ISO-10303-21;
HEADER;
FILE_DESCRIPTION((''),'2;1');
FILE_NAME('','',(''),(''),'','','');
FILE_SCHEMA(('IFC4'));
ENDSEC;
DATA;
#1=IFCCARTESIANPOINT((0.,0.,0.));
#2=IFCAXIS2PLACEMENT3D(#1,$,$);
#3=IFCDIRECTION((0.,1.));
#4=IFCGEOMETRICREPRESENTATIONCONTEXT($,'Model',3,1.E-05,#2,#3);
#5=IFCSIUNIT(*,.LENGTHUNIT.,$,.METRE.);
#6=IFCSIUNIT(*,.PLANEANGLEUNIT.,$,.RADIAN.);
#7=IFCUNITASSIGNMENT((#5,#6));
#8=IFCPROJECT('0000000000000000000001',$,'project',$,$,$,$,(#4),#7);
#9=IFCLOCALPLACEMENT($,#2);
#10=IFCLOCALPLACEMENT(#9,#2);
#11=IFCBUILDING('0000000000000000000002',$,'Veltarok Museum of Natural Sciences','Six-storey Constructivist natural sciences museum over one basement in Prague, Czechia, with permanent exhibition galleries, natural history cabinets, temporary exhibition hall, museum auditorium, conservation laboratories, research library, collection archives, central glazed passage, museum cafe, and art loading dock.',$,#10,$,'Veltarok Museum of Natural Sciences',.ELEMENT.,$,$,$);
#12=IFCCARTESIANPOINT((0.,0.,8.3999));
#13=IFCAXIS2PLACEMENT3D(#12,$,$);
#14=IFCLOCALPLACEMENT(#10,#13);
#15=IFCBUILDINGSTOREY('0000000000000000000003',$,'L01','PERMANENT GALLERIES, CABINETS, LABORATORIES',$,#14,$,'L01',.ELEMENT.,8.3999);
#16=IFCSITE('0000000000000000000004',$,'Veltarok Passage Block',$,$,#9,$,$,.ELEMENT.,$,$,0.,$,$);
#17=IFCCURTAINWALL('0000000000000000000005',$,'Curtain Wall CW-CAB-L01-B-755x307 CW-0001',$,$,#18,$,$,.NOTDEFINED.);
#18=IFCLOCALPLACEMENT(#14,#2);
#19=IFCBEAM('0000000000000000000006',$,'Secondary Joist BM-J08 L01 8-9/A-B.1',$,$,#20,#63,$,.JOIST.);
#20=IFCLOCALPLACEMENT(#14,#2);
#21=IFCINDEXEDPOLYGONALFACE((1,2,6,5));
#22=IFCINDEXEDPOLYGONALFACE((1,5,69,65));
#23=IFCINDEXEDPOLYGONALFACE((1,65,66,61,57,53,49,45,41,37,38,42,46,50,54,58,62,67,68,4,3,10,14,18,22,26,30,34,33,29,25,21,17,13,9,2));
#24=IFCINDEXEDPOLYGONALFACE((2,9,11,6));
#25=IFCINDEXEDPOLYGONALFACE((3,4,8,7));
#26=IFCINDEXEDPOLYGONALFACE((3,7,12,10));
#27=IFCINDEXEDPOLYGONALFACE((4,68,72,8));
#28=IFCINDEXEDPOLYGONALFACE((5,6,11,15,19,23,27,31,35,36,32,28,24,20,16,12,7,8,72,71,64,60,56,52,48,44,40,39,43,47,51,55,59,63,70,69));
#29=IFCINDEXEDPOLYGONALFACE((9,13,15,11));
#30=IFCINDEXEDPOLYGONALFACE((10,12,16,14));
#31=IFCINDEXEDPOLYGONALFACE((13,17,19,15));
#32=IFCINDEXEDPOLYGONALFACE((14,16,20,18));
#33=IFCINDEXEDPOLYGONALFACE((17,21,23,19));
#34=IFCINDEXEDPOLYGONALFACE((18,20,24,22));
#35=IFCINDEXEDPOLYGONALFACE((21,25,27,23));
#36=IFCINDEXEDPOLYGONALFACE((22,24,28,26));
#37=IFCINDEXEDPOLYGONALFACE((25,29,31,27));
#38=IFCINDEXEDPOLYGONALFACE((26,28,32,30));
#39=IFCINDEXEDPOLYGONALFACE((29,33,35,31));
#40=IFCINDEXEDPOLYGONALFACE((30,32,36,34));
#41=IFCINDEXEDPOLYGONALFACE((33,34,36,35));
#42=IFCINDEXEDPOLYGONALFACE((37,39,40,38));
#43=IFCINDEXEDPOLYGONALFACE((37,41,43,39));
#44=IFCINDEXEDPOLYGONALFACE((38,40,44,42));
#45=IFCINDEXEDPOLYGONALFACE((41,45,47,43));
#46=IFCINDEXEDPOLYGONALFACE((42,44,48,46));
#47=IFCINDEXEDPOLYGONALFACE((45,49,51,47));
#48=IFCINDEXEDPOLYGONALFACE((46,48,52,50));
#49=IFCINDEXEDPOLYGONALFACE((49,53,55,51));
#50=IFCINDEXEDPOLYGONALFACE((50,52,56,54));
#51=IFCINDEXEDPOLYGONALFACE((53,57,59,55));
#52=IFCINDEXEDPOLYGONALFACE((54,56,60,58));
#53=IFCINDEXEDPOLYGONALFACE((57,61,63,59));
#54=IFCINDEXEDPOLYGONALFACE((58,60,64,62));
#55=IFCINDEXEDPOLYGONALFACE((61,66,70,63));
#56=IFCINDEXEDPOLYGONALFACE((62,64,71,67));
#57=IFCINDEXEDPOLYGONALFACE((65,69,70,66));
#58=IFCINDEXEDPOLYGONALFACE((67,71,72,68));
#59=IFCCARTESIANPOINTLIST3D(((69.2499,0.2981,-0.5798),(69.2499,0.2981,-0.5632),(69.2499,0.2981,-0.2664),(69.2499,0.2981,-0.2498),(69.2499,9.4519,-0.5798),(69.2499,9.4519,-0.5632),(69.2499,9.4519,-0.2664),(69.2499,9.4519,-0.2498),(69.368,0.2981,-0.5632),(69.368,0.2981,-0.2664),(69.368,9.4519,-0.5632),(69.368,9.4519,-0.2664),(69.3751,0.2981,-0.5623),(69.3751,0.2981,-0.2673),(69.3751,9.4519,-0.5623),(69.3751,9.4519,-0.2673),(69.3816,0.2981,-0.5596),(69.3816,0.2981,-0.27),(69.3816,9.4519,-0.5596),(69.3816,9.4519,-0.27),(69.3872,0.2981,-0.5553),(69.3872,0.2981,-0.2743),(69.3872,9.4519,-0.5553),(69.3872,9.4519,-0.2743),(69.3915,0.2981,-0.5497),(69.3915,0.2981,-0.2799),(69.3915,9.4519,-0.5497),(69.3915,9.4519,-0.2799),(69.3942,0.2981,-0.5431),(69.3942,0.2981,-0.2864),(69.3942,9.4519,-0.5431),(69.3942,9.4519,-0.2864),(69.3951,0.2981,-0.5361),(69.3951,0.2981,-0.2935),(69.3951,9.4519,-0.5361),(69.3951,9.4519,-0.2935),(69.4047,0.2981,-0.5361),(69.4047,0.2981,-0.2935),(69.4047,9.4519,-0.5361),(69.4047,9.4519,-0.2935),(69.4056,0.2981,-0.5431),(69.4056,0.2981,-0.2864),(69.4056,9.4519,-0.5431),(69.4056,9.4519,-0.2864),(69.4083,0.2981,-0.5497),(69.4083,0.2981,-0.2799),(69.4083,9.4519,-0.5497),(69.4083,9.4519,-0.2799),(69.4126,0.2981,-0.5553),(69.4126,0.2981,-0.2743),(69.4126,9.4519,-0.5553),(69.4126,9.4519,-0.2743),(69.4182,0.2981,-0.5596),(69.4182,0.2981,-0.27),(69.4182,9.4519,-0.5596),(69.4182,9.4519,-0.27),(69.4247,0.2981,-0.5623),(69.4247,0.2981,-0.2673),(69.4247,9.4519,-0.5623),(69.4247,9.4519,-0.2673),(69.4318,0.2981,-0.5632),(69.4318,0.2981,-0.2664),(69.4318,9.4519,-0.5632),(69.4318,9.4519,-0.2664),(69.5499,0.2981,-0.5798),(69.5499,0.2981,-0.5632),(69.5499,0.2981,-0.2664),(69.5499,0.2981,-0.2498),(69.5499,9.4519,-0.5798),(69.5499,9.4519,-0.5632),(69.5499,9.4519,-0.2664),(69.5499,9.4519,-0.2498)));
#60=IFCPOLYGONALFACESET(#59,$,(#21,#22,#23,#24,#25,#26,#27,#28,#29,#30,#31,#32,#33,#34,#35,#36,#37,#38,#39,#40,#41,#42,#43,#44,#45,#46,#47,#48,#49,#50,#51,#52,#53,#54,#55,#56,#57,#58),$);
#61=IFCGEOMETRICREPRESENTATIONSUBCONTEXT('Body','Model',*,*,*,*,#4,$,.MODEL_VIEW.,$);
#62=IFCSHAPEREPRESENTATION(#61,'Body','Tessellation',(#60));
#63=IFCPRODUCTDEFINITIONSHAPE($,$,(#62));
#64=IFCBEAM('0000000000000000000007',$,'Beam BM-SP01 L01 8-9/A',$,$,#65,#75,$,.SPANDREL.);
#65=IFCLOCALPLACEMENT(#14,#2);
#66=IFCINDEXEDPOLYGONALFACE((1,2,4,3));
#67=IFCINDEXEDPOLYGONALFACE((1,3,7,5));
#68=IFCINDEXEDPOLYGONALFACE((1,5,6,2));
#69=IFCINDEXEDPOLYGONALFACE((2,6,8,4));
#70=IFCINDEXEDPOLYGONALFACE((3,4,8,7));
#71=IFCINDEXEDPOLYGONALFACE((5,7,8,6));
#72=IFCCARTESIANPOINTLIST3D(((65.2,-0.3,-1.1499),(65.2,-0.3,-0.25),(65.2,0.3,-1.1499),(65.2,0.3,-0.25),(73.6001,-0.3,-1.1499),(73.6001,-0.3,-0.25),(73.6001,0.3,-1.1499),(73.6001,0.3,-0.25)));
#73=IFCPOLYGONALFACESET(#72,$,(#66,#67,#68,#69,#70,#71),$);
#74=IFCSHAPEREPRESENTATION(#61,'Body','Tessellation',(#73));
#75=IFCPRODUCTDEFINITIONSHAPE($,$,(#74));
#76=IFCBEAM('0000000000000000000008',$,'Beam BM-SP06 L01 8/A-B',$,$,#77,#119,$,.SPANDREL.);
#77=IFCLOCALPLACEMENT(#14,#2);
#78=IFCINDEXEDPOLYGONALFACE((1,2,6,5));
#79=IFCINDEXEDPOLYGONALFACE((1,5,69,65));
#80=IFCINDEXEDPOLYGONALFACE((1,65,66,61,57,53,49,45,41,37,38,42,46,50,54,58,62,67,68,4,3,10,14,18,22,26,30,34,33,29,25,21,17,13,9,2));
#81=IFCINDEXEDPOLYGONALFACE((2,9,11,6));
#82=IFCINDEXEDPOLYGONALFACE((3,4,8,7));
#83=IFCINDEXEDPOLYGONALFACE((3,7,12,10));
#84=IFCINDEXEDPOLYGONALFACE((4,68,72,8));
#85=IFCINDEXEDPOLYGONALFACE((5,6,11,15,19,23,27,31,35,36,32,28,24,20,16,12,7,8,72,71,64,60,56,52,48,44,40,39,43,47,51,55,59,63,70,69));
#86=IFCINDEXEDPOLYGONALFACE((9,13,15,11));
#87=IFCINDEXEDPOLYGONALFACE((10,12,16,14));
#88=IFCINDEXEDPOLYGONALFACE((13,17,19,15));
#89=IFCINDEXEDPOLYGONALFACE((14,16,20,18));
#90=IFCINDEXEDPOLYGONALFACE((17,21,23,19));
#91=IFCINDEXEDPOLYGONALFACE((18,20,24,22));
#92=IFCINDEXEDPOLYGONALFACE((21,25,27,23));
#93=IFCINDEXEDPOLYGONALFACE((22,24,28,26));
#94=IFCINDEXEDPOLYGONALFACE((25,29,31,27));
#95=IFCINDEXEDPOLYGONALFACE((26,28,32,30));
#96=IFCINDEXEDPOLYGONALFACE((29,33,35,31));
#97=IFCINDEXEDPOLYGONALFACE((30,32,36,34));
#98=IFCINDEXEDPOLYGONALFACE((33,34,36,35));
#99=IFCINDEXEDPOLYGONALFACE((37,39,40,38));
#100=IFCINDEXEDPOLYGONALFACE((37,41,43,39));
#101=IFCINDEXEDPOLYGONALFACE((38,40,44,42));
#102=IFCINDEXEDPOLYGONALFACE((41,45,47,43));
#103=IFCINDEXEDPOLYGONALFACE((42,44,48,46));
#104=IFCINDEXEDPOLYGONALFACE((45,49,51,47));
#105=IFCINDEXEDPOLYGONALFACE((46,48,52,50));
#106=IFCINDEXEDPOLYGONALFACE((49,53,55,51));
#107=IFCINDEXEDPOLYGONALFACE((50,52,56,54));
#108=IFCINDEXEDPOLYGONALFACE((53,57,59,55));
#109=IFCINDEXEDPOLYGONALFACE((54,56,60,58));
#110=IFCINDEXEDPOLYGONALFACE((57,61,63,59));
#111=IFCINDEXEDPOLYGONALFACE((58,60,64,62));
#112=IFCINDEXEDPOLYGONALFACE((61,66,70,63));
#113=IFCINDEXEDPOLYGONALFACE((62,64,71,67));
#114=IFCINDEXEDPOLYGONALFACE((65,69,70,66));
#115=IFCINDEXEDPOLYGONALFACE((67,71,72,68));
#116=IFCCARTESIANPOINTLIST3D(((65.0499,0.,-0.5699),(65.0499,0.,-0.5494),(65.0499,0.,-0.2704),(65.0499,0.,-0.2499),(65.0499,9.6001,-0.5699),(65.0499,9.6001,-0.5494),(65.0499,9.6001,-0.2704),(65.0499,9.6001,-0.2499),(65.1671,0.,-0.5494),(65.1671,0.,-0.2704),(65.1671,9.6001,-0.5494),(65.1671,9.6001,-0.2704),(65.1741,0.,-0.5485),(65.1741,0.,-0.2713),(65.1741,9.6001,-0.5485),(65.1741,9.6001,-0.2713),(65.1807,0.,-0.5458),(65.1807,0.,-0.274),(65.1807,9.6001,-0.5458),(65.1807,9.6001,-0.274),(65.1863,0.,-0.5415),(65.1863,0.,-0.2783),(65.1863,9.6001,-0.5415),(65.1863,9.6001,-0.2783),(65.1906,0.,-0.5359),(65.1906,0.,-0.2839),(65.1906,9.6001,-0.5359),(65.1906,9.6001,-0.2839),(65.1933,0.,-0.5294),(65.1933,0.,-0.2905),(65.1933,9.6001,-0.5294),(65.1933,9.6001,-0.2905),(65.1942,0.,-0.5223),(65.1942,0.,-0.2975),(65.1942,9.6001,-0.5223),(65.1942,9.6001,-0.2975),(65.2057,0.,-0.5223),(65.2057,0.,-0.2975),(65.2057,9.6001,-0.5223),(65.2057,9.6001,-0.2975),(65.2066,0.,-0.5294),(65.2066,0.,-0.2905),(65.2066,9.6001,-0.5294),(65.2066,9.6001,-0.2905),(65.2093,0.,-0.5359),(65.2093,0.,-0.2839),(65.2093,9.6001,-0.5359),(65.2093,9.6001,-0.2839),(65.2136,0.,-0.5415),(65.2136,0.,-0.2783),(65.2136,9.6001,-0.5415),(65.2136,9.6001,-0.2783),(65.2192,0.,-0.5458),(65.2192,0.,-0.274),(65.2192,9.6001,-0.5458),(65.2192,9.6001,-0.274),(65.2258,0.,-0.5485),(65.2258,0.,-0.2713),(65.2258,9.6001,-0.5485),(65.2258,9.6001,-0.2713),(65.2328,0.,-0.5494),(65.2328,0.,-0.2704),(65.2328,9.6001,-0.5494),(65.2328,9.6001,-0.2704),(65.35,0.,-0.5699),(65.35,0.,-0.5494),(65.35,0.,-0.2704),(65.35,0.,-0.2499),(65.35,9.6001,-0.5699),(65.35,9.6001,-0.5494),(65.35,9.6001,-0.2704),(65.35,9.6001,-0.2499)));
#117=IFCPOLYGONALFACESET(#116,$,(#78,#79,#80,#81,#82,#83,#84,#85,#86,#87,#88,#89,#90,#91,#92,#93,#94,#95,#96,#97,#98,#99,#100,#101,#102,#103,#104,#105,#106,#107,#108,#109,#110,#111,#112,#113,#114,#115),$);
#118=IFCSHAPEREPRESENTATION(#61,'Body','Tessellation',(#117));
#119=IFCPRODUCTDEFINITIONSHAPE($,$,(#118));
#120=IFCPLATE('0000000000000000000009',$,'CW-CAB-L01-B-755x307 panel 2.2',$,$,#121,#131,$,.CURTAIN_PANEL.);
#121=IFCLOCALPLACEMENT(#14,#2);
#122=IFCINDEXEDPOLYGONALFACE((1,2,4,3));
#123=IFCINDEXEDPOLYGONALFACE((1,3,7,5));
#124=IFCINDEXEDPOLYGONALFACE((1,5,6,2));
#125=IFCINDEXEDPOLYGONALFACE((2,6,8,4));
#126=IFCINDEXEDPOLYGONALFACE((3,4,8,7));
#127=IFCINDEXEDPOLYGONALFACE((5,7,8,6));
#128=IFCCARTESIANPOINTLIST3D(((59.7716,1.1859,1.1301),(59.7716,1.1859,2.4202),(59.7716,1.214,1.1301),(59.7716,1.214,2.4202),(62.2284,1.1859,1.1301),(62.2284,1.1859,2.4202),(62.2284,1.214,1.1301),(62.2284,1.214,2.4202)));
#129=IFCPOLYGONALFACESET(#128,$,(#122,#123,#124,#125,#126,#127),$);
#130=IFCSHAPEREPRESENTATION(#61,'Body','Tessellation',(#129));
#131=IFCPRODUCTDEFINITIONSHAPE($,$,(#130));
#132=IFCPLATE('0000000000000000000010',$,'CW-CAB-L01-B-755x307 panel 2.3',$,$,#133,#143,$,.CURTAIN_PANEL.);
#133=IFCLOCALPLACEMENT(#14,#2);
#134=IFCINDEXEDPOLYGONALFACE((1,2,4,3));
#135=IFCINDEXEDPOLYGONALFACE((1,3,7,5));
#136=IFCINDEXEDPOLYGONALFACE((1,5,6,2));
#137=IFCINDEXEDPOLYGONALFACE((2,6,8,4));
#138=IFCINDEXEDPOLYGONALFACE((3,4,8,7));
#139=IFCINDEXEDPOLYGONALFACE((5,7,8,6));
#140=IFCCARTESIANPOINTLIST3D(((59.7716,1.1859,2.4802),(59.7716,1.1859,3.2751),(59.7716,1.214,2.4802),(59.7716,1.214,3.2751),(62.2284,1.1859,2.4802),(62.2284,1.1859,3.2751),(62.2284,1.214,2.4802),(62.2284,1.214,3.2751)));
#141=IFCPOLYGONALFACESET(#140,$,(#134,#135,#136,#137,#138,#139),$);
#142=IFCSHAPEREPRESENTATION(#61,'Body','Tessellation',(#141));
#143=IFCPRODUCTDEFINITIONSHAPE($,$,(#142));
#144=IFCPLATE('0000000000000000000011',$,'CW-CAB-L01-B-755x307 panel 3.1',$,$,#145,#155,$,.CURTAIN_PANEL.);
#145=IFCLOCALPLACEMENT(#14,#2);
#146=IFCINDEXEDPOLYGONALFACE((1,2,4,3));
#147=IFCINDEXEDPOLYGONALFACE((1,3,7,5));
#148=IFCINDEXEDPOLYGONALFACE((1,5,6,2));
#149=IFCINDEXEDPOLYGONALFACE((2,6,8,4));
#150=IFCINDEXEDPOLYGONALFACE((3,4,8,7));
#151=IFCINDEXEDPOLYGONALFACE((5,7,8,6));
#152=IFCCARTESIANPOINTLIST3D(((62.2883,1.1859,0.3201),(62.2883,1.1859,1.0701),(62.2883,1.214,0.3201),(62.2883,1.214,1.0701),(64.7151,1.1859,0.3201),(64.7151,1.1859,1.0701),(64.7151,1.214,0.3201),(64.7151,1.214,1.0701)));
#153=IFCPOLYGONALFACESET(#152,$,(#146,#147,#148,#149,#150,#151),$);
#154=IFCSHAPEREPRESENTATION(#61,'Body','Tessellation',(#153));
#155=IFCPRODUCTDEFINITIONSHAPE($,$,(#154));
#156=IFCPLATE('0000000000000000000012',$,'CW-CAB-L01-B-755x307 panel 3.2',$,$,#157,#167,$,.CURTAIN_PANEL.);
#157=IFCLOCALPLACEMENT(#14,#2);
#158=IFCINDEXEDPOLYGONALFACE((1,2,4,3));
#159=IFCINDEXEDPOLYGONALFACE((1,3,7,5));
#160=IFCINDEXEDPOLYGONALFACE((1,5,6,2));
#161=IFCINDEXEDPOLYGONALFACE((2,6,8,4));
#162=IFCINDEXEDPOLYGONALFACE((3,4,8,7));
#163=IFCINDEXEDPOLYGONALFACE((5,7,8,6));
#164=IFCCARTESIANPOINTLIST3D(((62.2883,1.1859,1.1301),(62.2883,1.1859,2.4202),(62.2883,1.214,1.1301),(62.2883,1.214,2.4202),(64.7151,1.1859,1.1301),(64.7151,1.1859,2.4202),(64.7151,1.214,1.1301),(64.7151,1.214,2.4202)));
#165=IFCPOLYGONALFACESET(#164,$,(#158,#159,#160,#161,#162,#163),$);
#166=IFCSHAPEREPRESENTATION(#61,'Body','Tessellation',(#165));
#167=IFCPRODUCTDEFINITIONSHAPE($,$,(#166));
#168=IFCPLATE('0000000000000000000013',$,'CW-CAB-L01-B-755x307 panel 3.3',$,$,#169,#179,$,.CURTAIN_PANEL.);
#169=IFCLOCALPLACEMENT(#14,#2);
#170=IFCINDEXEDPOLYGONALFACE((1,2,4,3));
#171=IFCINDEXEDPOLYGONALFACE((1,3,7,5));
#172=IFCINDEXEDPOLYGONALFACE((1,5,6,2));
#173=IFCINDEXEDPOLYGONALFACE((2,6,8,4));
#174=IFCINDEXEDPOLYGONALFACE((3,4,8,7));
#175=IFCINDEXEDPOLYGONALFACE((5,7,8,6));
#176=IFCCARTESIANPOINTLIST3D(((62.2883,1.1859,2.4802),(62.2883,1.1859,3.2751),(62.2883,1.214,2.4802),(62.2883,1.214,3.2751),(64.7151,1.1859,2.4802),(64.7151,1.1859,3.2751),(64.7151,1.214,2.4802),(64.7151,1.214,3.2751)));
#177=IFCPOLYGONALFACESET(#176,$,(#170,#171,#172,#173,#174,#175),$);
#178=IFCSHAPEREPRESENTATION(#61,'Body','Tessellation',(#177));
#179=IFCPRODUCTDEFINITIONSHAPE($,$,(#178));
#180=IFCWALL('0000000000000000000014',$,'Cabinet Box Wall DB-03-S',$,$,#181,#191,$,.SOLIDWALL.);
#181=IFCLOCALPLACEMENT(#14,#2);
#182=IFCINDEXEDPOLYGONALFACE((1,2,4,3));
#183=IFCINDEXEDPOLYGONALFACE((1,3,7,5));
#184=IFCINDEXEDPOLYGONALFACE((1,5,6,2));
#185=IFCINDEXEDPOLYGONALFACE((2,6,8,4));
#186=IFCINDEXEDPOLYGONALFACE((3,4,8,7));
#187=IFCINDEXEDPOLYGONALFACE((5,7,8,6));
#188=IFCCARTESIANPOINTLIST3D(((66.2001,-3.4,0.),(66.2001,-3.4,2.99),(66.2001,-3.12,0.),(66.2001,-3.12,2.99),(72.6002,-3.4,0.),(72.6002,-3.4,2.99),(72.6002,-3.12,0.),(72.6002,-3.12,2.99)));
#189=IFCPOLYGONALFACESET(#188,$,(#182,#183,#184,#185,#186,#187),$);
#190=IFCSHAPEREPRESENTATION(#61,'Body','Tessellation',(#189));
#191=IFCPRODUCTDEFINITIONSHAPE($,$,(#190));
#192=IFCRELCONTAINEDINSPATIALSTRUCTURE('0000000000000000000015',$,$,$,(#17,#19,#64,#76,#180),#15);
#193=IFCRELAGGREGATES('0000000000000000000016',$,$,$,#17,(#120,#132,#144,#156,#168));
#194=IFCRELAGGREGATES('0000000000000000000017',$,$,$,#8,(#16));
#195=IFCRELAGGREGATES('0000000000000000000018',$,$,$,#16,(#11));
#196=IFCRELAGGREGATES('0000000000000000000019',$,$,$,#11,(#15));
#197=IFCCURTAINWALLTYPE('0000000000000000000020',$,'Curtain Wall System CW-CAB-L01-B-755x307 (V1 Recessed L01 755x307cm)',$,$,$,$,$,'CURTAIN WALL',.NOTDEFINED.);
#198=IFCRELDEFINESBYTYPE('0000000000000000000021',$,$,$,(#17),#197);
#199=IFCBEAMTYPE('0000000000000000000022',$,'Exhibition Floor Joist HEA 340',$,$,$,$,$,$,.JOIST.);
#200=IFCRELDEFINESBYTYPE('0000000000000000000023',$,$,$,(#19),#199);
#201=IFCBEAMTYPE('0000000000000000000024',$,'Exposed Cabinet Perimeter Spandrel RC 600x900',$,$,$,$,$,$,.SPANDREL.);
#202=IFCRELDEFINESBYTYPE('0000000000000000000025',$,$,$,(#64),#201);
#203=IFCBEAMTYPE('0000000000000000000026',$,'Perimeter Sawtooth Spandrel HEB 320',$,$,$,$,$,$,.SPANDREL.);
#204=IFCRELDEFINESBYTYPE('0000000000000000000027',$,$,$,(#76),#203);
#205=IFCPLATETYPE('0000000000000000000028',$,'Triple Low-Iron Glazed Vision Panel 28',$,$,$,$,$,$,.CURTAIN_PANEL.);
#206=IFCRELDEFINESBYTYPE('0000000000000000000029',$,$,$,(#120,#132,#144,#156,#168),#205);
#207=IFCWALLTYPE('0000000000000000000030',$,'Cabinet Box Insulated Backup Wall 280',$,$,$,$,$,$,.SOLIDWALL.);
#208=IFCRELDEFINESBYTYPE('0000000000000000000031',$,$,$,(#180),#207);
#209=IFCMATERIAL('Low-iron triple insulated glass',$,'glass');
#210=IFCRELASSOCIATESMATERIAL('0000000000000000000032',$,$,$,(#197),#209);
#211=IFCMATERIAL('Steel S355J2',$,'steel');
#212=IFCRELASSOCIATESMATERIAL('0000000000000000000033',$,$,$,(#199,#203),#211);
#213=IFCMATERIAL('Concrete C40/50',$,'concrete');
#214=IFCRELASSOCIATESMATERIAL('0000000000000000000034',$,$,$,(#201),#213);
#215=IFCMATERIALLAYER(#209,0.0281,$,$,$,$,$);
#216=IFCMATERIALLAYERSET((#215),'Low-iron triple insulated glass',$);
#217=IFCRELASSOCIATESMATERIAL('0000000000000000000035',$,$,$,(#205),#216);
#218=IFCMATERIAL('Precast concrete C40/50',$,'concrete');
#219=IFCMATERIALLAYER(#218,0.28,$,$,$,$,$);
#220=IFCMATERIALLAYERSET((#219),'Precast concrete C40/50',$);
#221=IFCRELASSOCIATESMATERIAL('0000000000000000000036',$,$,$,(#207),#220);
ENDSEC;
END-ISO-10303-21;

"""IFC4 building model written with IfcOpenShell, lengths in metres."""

from ifc_helpers import new_model, si_unit, direction, frame, frame_2d, origin, origin_2d, place, context, subcontext, project, spatial, rectangle, i_section, extrude, material, layer, layer_set, material_profile, profile_set, type_object, element, aggregate, save


model = new_model("IFC4")

# Units and contexts
model_context = context("Model", 3, precision=1e-05, world=origin(), true_north=direction((0.0, 1.0)))
body_context = subcontext(model_context, "Body", "Model", "MODEL_VIEW")
ifc_project = project(units=[si_unit("LENGTHUNIT", "METRE"), si_unit("PLANEANGLEUNIT", "RADIAN")], contexts=[model_context])

# Site, building, storey
site_placement = place(None, origin())
site = spatial("IfcSite", under=ifc_project, at=site_placement, Name="Veltarok Passage Block", CompositionType="ELEMENT", RefElevation=0.0)
building_placement = place(site_placement, origin())
building = spatial("IfcBuilding", under=site, at=building_placement, Name="Veltarok Museum of Natural Sciences", Description="Six-storey Constructivist natural sciences museum over one basement in Prague, Czechia, with permanent exhibition galleries, natural history cabinets, temporary exhibition hall, museum auditorium, conservation laboratories, research library, collection archives, central glazed passage, museum cafe, and art loading dock.", LongName="Veltarok Museum of Natural Sciences", CompositionType="ELEMENT")
storey_placement = place(building_placement, frame((0.0, 0.0, 8.3999)))
storey = spatial("IfcBuildingStorey", under=building, at=storey_placement, Name="L01", Description="PERMANENT GALLERIES, CABINETS, LABORATORIES", LongName="L01", CompositionType="ELEMENT", Elevation=8.3999)

# Shared definitions
ifc_material_1 = material(Name="Concrete C40/50", Category="concrete")

# Shared definitions
ifc_material_2 = material(Name="Steel S355J2", Category="steel")

# Curtain wall
ifc_material_3 = material(Name="Low-iron triple insulated glass", Category="glass")
curtain_wall_type = type_object("IfcCurtainWallType", Name="Curtain Wall System CW-CAB-L01-B-755x307 (V1 Recessed L01 755x307cm)", ElementType="CURTAIN WALL", PredefinedType="NOTDEFINED", material=ifc_material_3)
curtain_wall_placement = place(storey_placement, origin())
curtain_wall = element("IfcCurtainWall", 1, at=curtain_wall_placement, inside=storey, type_object=curtain_wall_type, Name="Curtain Wall CW-CAB-L01-B-755x307 CW-0001", PredefinedType="NOTDEFINED")

# Beams
ifc_material_profile_1 = material_profile(ifc_material_2, i_section(OverallWidth=0.3, OverallDepth=0.3301, WebThickness=0.0095, FlangeThickness=0.0166, FilletRadius=0.0271, at=origin_2d()), Name="HEA 340")
ifc_profile_set_1 = profile_set([ifc_material_profile_1], Name="Steel S355J2")
beam_type_1 = type_object("IfcBeamType", Name="Exhibition Floor Joist HEA 340", PredefinedType="JOIST", material=ifc_profile_set_1)
beam_1_placement = place(storey_placement, frame((69.3999, 0.2981, -0.4148), z_axis=(0.0, 1.0, 0.0), x_axis=(-1.0, 0.0, 0.0)))
element("IfcBeam", 2, at=beam_1_placement, inside=storey, type_object=beam_type_1, Name="Secondary Joist BM-J08 L01 8-9/A-B.1", PredefinedType="JOIST", context=body_context, shape_type="SweptSolid", body=[
    extrude(i_section(OverallWidth=0.3, OverallDepth=0.3301, WebThickness=0.0095, FlangeThickness=0.0166, FilletRadius=0.0271, at=origin_2d()), origin(), (0.0, 0.0, 1.0), 9.1538),
])
ifc_material_profile_2 = material_profile(ifc_material_1, rectangle(XDim=0.6001, YDim=0.8999, at=origin_2d()), Name="RC 600x900")
ifc_profile_set_2 = profile_set([ifc_material_profile_2], Name="Concrete C40/50")
beam_type_2 = type_object("IfcBeamType", Name="Exposed Cabinet Perimeter Spandrel RC 600x900", PredefinedType="SPANDREL", material=ifc_profile_set_2)
beam_2_placement = place(storey_placement, frame((65.2, 0.0, -0.7), z_axis=(1.0, 0.0, 0.0), x_axis=(0.0, 1.0, 0.0)))
element("IfcBeam", 3, at=beam_2_placement, inside=storey, type_object=beam_type_2, Name="Beam BM-SP01 L01 8-9/A", PredefinedType="SPANDREL", context=body_context, shape_type="SweptSolid", body=[
    extrude(rectangle(XDim=0.6001, YDim=0.8999, at=origin_2d()), origin(), (0.0, 0.0, 1.0), 8.4001),
])
ifc_material_profile_3 = material_profile(ifc_material_2, i_section(OverallWidth=0.3, OverallDepth=0.3201, WebThickness=0.0115, FlangeThickness=0.0205, FilletRadius=0.0271, at=origin_2d()), Name="HEB 320")
ifc_profile_set_3 = profile_set([ifc_material_profile_3], Name="Steel S355J2")
beam_type_3 = type_object("IfcBeamType", Name="Perimeter Sawtooth Spandrel HEB 320", PredefinedType="SPANDREL", material=ifc_profile_set_3)
beam_3_placement = place(storey_placement, frame((65.2, 0.0, -0.4099), z_axis=(0.0, 1.0, 0.0), x_axis=(-1.0, 0.0, 0.0)))
element("IfcBeam", 4, at=beam_3_placement, inside=storey, type_object=beam_type_3, Name="Beam BM-SP06 L01 8/A-B", PredefinedType="SPANDREL", context=body_context, shape_type="SweptSolid", body=[
    extrude(i_section(OverallWidth=0.3, OverallDepth=0.3201, WebThickness=0.0115, FlangeThickness=0.0205, FilletRadius=0.0271, at=origin_2d()), origin(), (0.0, 0.0, 1.0), 9.6001),
])

# Plates
ifc_layer_1 = layer(ifc_material_3, 0.0281)
ifc_layer_set_1 = layer_set([ifc_layer_1], Name="Low-iron triple insulated glass")
plate_type = type_object("IfcPlateType", Name="Triple Low-Iron Glazed Vision Panel 28", PredefinedType="CURTAIN_PANEL", material=ifc_layer_set_1)
plate_1_placement = place(storey_placement, frame((61.0, 1.2, 1.1301), z_axis=(0.0, 0.0, 1.0), x_axis=(1.0, 0.0, 0.0)))
plate_1 = element("IfcPlate", 5, at=plate_1_placement, type_object=plate_type, Name="CW-CAB-L01-B-755x307 panel 2.2", PredefinedType="CURTAIN_PANEL", context=body_context, shape_type="SweptSolid", body=[
    extrude(rectangle(XDim=2.4568, YDim=0.0281, at=origin_2d()), origin(), (0.0, 0.0, 1.0), 1.29),
])
plate_2_placement = place(storey_placement, frame((61.0, 1.2, 2.4802), z_axis=(0.0, 0.0, 1.0), x_axis=(1.0, 0.0, 0.0)))
plate_2 = element("IfcPlate", 6, at=plate_2_placement, type_object=plate_type, Name="CW-CAB-L01-B-755x307 panel 2.3", PredefinedType="CURTAIN_PANEL", context=body_context, shape_type="SweptSolid", body=[
    extrude(rectangle(XDim=2.4568, YDim=0.0281, at=origin_2d()), origin(), (0.0, 0.0, 1.0), 0.7949),
])
plate_3_placement = place(storey_placement, frame((63.5017, 1.2, 0.3201), z_axis=(0.0, 0.0, 1.0), x_axis=(1.0, 0.0, 0.0)))
plate_3 = element("IfcPlate", 7, at=plate_3_placement, type_object=plate_type, Name="CW-CAB-L01-B-755x307 panel 3.1", PredefinedType="CURTAIN_PANEL", context=body_context, shape_type="SweptSolid", body=[
    extrude(rectangle(XDim=2.4268, YDim=0.0281, at=origin_2d()), origin(), (0.0, 0.0, 1.0), 0.75),
])
plate_4_placement = place(storey_placement, frame((63.5017, 1.2, 1.1301), z_axis=(0.0, 0.0, 1.0), x_axis=(1.0, 0.0, 0.0)))
plate_4 = element("IfcPlate", 8, at=plate_4_placement, type_object=plate_type, Name="CW-CAB-L01-B-755x307 panel 3.2", PredefinedType="CURTAIN_PANEL", context=body_context, shape_type="SweptSolid", body=[
    extrude(rectangle(XDim=2.4268, YDim=0.0281, at=origin_2d()), origin(), (0.0, 0.0, 1.0), 1.29),
])
plate_5_placement = place(storey_placement, frame((63.5017, 1.2, 2.4802), z_axis=(0.0, 0.0, 1.0), x_axis=(1.0, 0.0, 0.0)))
plate_5 = element("IfcPlate", 9, at=plate_5_placement, type_object=plate_type, Name="CW-CAB-L01-B-755x307 panel 3.3", PredefinedType="CURTAIN_PANEL", context=body_context, shape_type="SweptSolid", body=[
    extrude(rectangle(XDim=2.4268, YDim=0.0281, at=origin_2d()), origin(), (0.0, 0.0, 1.0), 0.7949),
])
aggregate(curtain_wall, [plate_1, plate_2, plate_3, plate_4, plate_5])

# Wall
ifc_material_4 = material(Name="Precast concrete C40/50", Category="concrete")
ifc_layer_2 = layer(ifc_material_4, 0.28)
ifc_layer_set_2 = layer_set([ifc_layer_2], Name="Precast concrete C40/50")
wall_type_1 = type_object("IfcWallType", Name="Cabinet Box Insulated Backup Wall 280", PredefinedType="SOLIDWALL", material=ifc_layer_set_2)
wall_1_placement = place(storey_placement, frame((66.2, -3.26, 0.0), z_axis=(0.0, 0.0, 1.0), x_axis=(1.0, 0.0, 0.0)))
element("IfcWall", 10, at=wall_1_placement, inside=storey, type_object=wall_type_1, Name="Cabinet Box Wall DB-03-S", PredefinedType="SOLIDWALL", context=body_context, shape_type="SweptSolid", body=[
    extrude(rectangle(XDim=6.4001, YDim=0.28, at=frame_2d((3.2002, 0.0))), origin(), (0.0, 0.0, 1.0), 2.99),
])

save(model, "model.ifc")
